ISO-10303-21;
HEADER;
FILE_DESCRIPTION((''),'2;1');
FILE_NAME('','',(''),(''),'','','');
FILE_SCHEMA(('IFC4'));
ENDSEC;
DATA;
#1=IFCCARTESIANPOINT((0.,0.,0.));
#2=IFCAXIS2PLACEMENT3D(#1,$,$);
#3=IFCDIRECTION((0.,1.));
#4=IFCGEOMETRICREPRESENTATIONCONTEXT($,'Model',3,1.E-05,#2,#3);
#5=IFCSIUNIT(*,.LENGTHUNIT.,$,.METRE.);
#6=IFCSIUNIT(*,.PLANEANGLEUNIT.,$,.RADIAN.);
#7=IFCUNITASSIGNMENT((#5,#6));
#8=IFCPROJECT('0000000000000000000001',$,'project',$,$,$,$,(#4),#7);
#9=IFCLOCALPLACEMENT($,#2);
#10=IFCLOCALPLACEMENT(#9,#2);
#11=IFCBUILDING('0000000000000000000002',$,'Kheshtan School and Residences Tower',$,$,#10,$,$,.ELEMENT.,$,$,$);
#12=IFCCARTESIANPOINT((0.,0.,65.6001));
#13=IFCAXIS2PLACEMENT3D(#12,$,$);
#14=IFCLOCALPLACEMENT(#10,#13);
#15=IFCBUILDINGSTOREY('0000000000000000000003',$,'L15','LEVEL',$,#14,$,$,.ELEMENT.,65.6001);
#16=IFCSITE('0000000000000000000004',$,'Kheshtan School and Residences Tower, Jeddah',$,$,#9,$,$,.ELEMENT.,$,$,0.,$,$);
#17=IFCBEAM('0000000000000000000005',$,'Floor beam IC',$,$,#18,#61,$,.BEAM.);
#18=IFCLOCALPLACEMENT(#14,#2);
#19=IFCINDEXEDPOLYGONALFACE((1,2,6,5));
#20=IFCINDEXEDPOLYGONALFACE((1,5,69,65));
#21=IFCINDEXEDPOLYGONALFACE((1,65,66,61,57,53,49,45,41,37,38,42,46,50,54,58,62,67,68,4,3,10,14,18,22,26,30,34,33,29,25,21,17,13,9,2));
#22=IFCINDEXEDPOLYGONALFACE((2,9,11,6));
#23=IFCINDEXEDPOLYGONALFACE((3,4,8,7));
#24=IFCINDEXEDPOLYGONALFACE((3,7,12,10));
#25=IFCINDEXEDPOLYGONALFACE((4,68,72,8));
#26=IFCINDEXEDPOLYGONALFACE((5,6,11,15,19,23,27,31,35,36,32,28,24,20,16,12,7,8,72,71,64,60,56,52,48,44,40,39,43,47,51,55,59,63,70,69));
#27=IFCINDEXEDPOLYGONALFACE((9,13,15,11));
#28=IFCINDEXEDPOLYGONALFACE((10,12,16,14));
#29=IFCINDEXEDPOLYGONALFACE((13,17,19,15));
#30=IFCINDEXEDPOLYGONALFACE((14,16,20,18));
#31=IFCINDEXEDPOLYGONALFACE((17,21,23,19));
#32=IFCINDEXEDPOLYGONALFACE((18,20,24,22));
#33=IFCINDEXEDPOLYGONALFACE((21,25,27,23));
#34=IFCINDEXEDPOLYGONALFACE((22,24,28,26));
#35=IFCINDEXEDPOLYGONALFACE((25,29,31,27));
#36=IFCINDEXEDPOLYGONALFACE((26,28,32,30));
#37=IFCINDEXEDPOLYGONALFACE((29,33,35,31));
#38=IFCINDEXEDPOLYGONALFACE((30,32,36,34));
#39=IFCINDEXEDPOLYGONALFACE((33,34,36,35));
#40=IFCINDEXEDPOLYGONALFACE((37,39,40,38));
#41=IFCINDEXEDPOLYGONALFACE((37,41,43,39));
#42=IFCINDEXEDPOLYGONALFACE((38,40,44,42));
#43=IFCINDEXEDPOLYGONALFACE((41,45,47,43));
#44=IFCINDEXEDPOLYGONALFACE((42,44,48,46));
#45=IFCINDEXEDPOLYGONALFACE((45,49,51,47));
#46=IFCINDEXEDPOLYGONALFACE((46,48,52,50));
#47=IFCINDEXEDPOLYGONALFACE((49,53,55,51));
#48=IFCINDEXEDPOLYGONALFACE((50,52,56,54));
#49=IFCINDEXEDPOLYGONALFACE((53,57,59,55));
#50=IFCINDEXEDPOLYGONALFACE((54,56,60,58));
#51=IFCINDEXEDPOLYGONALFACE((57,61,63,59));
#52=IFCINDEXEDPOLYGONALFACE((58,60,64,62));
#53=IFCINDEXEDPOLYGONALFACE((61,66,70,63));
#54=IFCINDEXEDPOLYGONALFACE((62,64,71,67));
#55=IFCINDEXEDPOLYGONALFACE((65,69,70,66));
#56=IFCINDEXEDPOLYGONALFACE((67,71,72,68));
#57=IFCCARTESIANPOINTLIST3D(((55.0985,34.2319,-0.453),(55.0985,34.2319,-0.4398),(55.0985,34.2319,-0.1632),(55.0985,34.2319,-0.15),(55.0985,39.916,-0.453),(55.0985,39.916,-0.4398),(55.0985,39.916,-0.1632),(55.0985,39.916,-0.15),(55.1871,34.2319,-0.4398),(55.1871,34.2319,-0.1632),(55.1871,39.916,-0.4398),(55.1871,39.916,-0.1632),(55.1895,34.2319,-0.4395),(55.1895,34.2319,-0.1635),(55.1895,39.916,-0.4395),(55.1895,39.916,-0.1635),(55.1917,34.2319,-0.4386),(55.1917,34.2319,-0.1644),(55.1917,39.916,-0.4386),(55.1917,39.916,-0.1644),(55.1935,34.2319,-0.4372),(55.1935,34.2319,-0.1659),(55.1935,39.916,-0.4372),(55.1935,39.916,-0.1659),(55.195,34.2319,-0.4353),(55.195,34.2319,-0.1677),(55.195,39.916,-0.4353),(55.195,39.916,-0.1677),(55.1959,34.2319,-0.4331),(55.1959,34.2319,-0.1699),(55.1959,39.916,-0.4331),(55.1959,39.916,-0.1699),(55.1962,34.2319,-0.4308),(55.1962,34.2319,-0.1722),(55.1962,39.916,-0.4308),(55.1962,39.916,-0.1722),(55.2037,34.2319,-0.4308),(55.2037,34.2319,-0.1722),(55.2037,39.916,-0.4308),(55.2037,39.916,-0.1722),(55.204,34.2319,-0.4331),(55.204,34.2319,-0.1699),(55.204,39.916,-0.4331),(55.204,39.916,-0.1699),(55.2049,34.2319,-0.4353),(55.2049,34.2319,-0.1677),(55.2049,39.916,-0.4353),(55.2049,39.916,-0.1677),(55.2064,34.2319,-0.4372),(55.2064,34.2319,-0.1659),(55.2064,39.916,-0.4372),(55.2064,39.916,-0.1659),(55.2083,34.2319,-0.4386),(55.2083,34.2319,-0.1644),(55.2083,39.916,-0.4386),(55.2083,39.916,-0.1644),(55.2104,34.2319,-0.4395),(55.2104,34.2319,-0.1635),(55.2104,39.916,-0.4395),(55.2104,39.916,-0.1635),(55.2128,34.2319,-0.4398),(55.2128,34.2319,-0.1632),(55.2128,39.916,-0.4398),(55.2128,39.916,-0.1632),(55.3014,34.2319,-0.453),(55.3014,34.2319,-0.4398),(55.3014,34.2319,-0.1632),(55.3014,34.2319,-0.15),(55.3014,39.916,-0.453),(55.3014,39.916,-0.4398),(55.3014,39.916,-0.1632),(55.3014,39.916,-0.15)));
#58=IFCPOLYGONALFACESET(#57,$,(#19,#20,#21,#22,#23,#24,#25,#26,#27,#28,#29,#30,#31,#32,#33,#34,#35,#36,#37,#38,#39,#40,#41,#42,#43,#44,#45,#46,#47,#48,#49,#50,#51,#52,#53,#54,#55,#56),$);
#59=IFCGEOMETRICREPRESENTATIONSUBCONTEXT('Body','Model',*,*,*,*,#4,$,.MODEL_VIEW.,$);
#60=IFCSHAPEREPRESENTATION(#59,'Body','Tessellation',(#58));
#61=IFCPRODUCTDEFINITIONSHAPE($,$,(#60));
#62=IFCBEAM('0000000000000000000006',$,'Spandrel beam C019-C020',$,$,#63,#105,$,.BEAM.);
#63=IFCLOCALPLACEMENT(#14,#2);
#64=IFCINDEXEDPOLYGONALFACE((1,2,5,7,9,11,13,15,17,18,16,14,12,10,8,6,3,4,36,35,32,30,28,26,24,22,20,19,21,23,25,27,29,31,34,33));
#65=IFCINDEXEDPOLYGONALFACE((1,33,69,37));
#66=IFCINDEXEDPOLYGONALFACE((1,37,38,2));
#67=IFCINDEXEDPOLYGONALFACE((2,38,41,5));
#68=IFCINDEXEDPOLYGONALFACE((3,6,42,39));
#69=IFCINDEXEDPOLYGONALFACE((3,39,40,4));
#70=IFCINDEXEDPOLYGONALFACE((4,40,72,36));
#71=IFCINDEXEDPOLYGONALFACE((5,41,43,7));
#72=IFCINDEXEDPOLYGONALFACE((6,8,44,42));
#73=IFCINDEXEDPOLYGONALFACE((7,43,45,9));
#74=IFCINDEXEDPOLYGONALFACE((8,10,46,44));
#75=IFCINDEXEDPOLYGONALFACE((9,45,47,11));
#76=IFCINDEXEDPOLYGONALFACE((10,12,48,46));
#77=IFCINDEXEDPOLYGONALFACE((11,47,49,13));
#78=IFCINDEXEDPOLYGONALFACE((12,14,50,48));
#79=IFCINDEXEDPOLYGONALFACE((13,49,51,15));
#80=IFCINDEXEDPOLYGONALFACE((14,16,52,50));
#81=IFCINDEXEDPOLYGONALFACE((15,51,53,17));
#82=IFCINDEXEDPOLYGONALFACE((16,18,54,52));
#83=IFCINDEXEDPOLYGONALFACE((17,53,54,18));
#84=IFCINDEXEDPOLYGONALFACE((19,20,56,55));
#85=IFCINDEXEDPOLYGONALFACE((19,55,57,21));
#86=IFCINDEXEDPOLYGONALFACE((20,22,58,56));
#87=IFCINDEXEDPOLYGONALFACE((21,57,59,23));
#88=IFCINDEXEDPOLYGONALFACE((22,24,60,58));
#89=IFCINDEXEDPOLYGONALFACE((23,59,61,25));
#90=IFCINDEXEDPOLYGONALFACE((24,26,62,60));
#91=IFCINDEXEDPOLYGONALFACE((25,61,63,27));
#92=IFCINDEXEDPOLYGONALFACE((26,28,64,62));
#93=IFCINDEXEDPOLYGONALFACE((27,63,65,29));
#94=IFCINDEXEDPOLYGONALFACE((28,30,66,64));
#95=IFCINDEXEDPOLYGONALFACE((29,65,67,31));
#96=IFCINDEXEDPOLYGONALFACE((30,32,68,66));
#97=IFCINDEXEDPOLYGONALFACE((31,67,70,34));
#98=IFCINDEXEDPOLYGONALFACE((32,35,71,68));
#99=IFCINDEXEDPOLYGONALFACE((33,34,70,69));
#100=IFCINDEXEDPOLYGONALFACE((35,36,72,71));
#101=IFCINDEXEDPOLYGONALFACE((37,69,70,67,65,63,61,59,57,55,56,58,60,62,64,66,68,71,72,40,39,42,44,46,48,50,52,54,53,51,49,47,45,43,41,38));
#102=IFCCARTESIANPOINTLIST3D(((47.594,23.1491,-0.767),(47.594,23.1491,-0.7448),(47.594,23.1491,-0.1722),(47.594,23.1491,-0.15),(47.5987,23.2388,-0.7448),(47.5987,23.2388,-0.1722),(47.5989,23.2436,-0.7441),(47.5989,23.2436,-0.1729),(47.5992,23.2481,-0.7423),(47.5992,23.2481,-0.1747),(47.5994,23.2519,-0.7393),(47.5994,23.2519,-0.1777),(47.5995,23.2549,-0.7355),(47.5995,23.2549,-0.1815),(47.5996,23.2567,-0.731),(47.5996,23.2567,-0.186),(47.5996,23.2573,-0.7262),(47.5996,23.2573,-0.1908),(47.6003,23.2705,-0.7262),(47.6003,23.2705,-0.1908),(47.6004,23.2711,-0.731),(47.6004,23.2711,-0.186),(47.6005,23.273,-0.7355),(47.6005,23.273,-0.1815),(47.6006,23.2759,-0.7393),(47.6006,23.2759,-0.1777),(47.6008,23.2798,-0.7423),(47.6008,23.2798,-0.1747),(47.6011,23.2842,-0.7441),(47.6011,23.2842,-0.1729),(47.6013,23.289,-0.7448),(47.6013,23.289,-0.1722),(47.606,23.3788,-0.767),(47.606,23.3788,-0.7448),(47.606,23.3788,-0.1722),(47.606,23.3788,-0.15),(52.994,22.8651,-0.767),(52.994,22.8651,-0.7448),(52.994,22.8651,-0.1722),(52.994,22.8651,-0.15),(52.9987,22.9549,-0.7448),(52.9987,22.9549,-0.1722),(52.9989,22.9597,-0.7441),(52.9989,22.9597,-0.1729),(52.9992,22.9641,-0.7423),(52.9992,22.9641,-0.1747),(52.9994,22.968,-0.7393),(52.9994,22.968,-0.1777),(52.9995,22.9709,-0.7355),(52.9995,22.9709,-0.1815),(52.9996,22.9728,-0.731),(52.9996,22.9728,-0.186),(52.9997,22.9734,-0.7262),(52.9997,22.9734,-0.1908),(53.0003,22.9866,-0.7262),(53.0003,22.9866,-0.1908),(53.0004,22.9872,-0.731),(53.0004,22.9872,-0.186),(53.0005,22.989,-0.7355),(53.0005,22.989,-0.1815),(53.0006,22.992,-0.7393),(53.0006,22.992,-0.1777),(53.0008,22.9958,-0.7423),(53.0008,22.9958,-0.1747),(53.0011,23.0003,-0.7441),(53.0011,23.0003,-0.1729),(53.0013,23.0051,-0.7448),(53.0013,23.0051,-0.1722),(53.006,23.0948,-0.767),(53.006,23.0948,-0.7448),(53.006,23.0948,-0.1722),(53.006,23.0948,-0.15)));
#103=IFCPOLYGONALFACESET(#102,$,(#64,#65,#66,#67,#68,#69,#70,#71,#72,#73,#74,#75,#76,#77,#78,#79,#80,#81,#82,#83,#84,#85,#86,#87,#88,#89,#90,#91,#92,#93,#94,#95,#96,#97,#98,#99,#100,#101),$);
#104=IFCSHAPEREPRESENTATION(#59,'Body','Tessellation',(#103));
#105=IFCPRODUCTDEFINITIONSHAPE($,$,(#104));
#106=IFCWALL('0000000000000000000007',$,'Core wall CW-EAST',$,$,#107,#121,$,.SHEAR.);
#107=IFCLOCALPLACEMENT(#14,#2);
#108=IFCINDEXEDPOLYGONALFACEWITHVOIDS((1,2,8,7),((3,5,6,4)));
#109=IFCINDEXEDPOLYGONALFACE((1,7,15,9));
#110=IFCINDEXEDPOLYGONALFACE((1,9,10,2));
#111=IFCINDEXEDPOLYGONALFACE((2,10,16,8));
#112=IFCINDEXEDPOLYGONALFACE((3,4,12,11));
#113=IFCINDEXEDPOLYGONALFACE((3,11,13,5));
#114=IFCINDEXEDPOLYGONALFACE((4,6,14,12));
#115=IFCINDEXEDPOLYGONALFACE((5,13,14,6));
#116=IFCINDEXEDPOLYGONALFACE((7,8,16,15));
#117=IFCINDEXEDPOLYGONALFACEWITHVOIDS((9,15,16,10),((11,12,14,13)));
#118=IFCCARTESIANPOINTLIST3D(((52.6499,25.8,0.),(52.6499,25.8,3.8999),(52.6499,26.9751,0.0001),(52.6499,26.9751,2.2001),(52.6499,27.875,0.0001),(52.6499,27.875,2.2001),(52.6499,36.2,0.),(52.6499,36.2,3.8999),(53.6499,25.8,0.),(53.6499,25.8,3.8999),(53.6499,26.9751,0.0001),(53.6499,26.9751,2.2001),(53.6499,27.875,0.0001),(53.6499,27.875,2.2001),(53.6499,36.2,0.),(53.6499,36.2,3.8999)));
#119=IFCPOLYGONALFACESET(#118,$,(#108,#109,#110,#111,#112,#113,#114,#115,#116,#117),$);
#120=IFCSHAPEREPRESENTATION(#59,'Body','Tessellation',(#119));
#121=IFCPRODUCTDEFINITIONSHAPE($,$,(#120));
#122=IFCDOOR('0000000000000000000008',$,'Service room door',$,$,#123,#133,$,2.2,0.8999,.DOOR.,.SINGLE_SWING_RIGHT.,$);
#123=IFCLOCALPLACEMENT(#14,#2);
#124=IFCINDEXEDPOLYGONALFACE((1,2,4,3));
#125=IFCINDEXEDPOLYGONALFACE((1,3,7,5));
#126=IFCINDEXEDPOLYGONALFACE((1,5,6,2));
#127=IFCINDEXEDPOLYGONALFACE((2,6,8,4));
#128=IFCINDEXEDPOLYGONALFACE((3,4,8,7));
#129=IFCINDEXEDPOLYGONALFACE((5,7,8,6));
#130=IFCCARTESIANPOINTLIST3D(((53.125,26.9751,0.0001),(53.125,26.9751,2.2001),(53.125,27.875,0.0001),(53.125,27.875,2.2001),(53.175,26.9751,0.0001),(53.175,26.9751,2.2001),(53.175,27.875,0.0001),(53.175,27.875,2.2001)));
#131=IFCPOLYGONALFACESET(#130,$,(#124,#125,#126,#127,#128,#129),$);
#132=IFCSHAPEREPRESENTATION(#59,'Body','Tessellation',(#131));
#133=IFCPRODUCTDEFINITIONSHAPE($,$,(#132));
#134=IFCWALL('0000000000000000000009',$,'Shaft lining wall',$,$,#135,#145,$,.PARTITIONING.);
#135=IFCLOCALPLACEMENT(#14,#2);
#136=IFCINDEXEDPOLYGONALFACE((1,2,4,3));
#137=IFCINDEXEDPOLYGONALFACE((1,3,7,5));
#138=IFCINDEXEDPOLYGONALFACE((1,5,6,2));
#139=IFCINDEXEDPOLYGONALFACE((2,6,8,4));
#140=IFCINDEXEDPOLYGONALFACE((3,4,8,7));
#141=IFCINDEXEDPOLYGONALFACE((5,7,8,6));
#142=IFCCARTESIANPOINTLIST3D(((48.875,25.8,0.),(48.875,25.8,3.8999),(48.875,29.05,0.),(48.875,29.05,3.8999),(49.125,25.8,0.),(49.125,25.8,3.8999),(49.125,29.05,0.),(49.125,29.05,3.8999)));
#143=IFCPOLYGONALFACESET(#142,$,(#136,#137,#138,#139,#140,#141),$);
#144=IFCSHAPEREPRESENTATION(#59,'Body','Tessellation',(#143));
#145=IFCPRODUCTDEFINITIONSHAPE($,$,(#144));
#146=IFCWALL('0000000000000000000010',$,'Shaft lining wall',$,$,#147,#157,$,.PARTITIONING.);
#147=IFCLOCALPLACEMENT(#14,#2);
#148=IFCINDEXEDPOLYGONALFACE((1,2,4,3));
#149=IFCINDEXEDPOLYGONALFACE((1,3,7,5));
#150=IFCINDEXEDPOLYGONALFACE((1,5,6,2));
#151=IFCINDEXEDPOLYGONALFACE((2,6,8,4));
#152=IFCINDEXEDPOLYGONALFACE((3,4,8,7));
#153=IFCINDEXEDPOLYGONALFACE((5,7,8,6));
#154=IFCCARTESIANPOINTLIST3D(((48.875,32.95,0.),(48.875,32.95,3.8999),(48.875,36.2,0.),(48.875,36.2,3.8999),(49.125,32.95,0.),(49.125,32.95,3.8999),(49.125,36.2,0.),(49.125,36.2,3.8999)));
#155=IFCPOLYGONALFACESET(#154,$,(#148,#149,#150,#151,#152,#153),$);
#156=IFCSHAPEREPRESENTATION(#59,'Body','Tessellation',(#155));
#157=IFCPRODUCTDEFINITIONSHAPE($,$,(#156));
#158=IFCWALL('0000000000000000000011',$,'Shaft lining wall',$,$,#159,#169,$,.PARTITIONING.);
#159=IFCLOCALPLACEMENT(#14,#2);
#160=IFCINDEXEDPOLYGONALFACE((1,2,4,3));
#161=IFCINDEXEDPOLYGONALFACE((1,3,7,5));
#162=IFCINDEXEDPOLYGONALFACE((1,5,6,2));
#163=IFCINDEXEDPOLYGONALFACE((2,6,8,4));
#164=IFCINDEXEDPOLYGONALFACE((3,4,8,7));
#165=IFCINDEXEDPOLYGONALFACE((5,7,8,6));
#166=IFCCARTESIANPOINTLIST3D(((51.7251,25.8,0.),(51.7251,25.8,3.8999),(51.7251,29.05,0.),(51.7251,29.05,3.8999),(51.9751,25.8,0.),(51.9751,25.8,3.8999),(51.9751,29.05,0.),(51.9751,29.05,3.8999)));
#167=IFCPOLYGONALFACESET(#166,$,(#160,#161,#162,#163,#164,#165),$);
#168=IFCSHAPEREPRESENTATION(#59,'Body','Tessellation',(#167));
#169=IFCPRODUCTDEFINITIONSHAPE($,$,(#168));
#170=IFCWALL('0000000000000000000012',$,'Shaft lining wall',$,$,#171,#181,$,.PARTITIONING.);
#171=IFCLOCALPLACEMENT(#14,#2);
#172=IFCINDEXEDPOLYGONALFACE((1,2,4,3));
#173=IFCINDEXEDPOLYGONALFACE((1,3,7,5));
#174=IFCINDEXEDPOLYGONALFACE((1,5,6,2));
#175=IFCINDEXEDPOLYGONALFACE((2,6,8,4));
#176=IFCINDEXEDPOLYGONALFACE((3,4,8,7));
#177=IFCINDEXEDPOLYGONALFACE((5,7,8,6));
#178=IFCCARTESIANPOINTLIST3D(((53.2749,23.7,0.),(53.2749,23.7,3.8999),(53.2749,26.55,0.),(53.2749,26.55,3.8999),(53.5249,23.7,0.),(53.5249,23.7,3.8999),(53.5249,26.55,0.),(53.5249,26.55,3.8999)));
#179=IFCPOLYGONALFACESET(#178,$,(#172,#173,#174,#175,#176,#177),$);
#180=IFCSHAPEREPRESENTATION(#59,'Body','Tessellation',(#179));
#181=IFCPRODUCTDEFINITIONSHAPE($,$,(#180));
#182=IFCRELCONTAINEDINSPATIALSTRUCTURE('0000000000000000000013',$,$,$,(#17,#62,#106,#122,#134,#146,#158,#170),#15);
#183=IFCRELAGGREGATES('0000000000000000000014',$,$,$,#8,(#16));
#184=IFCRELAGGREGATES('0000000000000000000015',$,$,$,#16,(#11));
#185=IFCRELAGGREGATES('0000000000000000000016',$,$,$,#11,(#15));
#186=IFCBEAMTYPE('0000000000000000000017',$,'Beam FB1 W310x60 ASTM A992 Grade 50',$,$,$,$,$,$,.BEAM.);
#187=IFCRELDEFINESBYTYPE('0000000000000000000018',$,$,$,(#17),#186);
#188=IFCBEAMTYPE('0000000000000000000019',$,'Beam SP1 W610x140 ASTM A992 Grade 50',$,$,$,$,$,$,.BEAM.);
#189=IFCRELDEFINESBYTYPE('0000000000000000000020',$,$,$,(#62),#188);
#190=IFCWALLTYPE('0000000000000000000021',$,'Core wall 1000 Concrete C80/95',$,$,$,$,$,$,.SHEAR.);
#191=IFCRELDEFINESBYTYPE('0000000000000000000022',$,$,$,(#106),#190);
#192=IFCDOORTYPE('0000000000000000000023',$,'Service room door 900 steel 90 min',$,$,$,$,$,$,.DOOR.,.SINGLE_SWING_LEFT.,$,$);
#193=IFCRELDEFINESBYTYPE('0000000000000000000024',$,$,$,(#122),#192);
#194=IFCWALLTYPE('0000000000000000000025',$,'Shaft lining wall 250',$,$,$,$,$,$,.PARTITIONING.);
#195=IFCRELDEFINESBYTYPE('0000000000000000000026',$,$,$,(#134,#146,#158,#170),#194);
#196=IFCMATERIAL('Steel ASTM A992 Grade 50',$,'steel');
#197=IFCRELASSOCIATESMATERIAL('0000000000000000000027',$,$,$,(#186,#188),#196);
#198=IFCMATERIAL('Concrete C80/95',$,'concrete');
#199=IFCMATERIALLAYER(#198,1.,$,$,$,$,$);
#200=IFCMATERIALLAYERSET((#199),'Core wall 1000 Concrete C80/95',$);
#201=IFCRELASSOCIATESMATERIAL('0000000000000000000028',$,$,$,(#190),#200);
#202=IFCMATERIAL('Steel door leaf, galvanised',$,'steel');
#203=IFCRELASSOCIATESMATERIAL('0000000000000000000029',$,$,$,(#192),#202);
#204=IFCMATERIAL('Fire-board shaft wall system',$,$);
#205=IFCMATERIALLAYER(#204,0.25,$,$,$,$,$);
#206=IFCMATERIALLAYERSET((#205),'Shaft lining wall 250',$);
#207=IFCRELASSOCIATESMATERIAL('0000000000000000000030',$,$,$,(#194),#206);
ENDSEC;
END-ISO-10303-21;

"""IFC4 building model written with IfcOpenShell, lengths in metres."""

from ifc_helpers import new_model, si_unit, direction, frame, frame_2d, origin, origin_2d, place, context, subcontext, project, spatial, rectangle, i_section, extrude, source, transform, mapped, material, layer, layer_set, material_profile, profile_set, type_object, element, fill, save


model = new_model("IFC4")

# Units and contexts
model_context = context("Model", 3, precision=1e-05, world=origin(), true_north=direction((0.0, 1.0)))
body_context = subcontext(model_context, "Body", "Model", "MODEL_VIEW")
ifc_project = project(units=[si_unit("LENGTHUNIT", "METRE"), si_unit("PLANEANGLEUNIT", "RADIAN")], contexts=[model_context])

# Site, building, storey
site_placement = place(None, origin())
site = spatial("IfcSite", under=ifc_project, at=site_placement, Name="Kheshtan School and Residences Tower, Jeddah", CompositionType="ELEMENT", RefElevation=0.0)
building_placement = place(site_placement, origin())
building = spatial("IfcBuilding", under=site, at=building_placement, Name="Kheshtan School and Residences Tower", CompositionType="ELEMENT")
storey_placement = place(building_placement, frame((0.0, 0.0, 65.6001)))
storey = spatial("IfcBuildingStorey", under=building, at=storey_placement, Name="L15", Description="LEVEL", CompositionType="ELEMENT", Elevation=65.6001)

# Shared definitions
ifc_material_1 = material(Name="Steel ASTM A992 Grade 50", Category="steel")

# Beams
ifc_material_profile_1 = material_profile(ifc_material_1, i_section(OverallWidth=0.2029, OverallDepth=0.303, WebThickness=0.0076, FlangeThickness=0.0132, FilletRadius=0.009, at=origin_2d()), Name="W310x60")
ifc_profile_set_1 = profile_set([ifc_material_profile_1], Name="Steel ASTM A992 Grade 50")
beam_type_1 = type_object("IfcBeamType", Name="Beam FB1 W310x60 ASTM A992 Grade 50", PredefinedType="BEAM", material=ifc_profile_set_1)
beam_1_placement = place(storey_placement, frame((55.2, 34.2319, -0.3015), z_axis=(0.0, 1.0, 0.0), x_axis=(-1.0, 0.0, 0.0)))
element("IfcBeam", 1, at=beam_1_placement, inside=storey, type_object=beam_type_1, Name="Floor beam IC", PredefinedType="BEAM", context=body_context, shape_type="SweptSolid", body=[
    extrude(i_section(OverallWidth=0.2029, OverallDepth=0.303, WebThickness=0.0076, FlangeThickness=0.0132, FilletRadius=0.009, at=origin_2d()), origin(), (0.0, 0.0, 1.0), 5.6841),
])
ifc_material_profile_2 = material_profile(ifc_material_1, i_section(OverallWidth=0.23, OverallDepth=0.6169, WebThickness=0.0132, FlangeThickness=0.0222, FilletRadius=0.0186, at=origin_2d()), Name="W610x140")
ifc_profile_set_2 = profile_set([ifc_material_profile_2], Name="Steel ASTM A992 Grade 50")
beam_type_2 = type_object("IfcBeamType", Name="Beam SP1 W610x140 ASTM A992 Grade 50", PredefinedType="BEAM", material=ifc_profile_set_2)
beam_2_placement = place(storey_placement, frame((53.0, 22.98, -0.4585), z_axis=(-0.99862, 0.052509, 0.0), x_axis=(-0.052509, -0.99862, 0.0)))
element("IfcBeam", 2, at=beam_2_placement, inside=storey, type_object=beam_type_2, Name="Spandrel beam C019-C020", PredefinedType="BEAM", context=body_context, shape_type="SweptSolid", body=[
    extrude(i_section(OverallWidth=0.23, OverallDepth=0.6169, WebThickness=0.0132, FlangeThickness=0.0222, FilletRadius=0.0186, at=origin_2d()), origin(), (0.0, 0.0, 1.0), 5.4075),
])

# Wall, opening, door
ifc_material_2 = material(Name="Concrete C80/95", Category="concrete")
ifc_layer_1 = layer(ifc_material_2, 1.0)
ifc_layer_set_1 = layer_set([ifc_layer_1], Name="Core wall 1000 Concrete C80/95")
wall_type_1 = type_object("IfcWallType", Name="Core wall 1000 Concrete C80/95", PredefinedType="SHEAR", material=ifc_layer_set_1)
wall_1_placement = place(storey_placement, frame((53.1499, 25.8, 0.0), z_axis=(0.0, 0.0, 1.0), x_axis=(0.0, 1.0, 0.0)))
wall_1 = element("IfcWall", 3, at=wall_1_placement, inside=storey, type_object=wall_type_1, Name="Core wall CW-EAST", PredefinedType="SHEAR", context=body_context, shape_type="SweptSolid", body=[
    extrude(rectangle(XDim=10.3999, YDim=1.0, at=frame_2d((5.2, 0.0))), origin(), (0.0, 0.0, 1.0), 3.8999),
])
opening_1_placement = place(wall_1_placement, frame((1.175, 0.0, 0.0)))
opening_1 = element("IfcOpeningElement", 4, at=opening_1_placement, cuts=wall_1, PredefinedType="OPENING", context=body_context, shape_type="SweptSolid", body=[
    extrude(rectangle(XDim=0.8999, YDim=2.2, at=frame_2d((0.45, 1.1001))), frame((0.0, 0.51, 0.0), z_axis=(0.0, -1.0, 0.0), x_axis=(1.0, 0.0, 0.0)), (0.0, 0.0, 1.0), 1.02),
])
ifc_material_3 = material(Name="Steel door leaf, galvanised", Category="steel")
door_type_1 = type_object("IfcDoorType", Name="Service room door 900 steel 90 min", OperationType="SINGLE_SWING_LEFT", PredefinedType="DOOR", material=ifc_material_3)
shared_shape_1 = source(origin(), body_context, "Body", "SweptSolid", [
    extrude(rectangle(XDim=0.8999, YDim=2.2, at=frame_2d((0.45, 1.1001))), frame((0.0, 0.0249, 0.0), z_axis=(0.0, -1.0, 0.0), x_axis=(1.0, 0.0, 0.0)), (0.0, 0.0, 1.0), 0.05),
])
door_1_placement = place(opening_1_placement, origin())
door_1 = element("IfcDoor", 5, at=door_1_placement, inside=storey, type_object=door_type_1, Name="Service room door", OperationType="SINGLE_SWING_RIGHT", OverallHeight=2.2, OverallWidth=0.8999, PredefinedType="DOOR", context=body_context, shape_type="MappedRepresentation", body=[
    mapped(shared_shape_1, transform((0.0, 0.0, 0.0), x_axis=(1.0, 0.0, 0.0), y_axis=(0.0, 1.0, 0.0), z_axis=(0.0, 0.0, 1.0), scale=1.0)),
])
fill(opening_1, door_1)

# Walls
ifc_material_4 = material(Name="Fire-board shaft wall system")
ifc_layer_2 = layer(ifc_material_4, 0.25)
ifc_layer_set_2 = layer_set([ifc_layer_2], Name="Shaft lining wall 250")
wall_type_2 = type_object("IfcWallType", Name="Shaft lining wall 250", PredefinedType="PARTITIONING", material=ifc_layer_set_2)
for number, where, z_axis, x_axis, name in (
    (6, (49.0, 25.8, 0.0), (0.0, 0.0, 1.0), (0.0, 1.0, 0.0), "Shaft lining wall"),
    (7, (49.0, 32.95, 0.0), (0.0, 0.0, 1.0), (0.0, 1.0, 0.0), "Shaft lining wall"),
    (8, (51.8501, 25.8, 0.0), (0.0, 0.0, 1.0), (0.0, 1.0, 0.0), "Shaft lining wall"),
):
    element("IfcWall", number, at=place(storey_placement, frame(where, z_axis=z_axis, x_axis=x_axis)), inside=storey, type_object=wall_type_2, Name=name, PredefinedType="PARTITIONING", context=body_context, shape_type="SweptSolid", body=[
        extrude(rectangle(XDim=3.25, YDim=0.25, at=frame_2d((1.625, 0.0))), origin(), (0.0, 0.0, 1.0), 3.8999),
    ])
wall_2_placement = place(storey_placement, frame((53.3999, 23.7, 0.0), z_axis=(0.0, 0.0, 1.0), x_axis=(0.0, 1.0, 0.0)))
element("IfcWall", 9, at=wall_2_placement, inside=storey, type_object=wall_type_2, Name="Shaft lining wall", PredefinedType="PARTITIONING", context=body_context, shape_type="SweptSolid", body=[
    extrude(rectangle(XDim=2.8501, YDim=0.25, at=frame_2d((1.425, 0.0))), origin(), (0.0, 0.0, 1.0), 3.8999),
])

save(model, "model.ifc")
